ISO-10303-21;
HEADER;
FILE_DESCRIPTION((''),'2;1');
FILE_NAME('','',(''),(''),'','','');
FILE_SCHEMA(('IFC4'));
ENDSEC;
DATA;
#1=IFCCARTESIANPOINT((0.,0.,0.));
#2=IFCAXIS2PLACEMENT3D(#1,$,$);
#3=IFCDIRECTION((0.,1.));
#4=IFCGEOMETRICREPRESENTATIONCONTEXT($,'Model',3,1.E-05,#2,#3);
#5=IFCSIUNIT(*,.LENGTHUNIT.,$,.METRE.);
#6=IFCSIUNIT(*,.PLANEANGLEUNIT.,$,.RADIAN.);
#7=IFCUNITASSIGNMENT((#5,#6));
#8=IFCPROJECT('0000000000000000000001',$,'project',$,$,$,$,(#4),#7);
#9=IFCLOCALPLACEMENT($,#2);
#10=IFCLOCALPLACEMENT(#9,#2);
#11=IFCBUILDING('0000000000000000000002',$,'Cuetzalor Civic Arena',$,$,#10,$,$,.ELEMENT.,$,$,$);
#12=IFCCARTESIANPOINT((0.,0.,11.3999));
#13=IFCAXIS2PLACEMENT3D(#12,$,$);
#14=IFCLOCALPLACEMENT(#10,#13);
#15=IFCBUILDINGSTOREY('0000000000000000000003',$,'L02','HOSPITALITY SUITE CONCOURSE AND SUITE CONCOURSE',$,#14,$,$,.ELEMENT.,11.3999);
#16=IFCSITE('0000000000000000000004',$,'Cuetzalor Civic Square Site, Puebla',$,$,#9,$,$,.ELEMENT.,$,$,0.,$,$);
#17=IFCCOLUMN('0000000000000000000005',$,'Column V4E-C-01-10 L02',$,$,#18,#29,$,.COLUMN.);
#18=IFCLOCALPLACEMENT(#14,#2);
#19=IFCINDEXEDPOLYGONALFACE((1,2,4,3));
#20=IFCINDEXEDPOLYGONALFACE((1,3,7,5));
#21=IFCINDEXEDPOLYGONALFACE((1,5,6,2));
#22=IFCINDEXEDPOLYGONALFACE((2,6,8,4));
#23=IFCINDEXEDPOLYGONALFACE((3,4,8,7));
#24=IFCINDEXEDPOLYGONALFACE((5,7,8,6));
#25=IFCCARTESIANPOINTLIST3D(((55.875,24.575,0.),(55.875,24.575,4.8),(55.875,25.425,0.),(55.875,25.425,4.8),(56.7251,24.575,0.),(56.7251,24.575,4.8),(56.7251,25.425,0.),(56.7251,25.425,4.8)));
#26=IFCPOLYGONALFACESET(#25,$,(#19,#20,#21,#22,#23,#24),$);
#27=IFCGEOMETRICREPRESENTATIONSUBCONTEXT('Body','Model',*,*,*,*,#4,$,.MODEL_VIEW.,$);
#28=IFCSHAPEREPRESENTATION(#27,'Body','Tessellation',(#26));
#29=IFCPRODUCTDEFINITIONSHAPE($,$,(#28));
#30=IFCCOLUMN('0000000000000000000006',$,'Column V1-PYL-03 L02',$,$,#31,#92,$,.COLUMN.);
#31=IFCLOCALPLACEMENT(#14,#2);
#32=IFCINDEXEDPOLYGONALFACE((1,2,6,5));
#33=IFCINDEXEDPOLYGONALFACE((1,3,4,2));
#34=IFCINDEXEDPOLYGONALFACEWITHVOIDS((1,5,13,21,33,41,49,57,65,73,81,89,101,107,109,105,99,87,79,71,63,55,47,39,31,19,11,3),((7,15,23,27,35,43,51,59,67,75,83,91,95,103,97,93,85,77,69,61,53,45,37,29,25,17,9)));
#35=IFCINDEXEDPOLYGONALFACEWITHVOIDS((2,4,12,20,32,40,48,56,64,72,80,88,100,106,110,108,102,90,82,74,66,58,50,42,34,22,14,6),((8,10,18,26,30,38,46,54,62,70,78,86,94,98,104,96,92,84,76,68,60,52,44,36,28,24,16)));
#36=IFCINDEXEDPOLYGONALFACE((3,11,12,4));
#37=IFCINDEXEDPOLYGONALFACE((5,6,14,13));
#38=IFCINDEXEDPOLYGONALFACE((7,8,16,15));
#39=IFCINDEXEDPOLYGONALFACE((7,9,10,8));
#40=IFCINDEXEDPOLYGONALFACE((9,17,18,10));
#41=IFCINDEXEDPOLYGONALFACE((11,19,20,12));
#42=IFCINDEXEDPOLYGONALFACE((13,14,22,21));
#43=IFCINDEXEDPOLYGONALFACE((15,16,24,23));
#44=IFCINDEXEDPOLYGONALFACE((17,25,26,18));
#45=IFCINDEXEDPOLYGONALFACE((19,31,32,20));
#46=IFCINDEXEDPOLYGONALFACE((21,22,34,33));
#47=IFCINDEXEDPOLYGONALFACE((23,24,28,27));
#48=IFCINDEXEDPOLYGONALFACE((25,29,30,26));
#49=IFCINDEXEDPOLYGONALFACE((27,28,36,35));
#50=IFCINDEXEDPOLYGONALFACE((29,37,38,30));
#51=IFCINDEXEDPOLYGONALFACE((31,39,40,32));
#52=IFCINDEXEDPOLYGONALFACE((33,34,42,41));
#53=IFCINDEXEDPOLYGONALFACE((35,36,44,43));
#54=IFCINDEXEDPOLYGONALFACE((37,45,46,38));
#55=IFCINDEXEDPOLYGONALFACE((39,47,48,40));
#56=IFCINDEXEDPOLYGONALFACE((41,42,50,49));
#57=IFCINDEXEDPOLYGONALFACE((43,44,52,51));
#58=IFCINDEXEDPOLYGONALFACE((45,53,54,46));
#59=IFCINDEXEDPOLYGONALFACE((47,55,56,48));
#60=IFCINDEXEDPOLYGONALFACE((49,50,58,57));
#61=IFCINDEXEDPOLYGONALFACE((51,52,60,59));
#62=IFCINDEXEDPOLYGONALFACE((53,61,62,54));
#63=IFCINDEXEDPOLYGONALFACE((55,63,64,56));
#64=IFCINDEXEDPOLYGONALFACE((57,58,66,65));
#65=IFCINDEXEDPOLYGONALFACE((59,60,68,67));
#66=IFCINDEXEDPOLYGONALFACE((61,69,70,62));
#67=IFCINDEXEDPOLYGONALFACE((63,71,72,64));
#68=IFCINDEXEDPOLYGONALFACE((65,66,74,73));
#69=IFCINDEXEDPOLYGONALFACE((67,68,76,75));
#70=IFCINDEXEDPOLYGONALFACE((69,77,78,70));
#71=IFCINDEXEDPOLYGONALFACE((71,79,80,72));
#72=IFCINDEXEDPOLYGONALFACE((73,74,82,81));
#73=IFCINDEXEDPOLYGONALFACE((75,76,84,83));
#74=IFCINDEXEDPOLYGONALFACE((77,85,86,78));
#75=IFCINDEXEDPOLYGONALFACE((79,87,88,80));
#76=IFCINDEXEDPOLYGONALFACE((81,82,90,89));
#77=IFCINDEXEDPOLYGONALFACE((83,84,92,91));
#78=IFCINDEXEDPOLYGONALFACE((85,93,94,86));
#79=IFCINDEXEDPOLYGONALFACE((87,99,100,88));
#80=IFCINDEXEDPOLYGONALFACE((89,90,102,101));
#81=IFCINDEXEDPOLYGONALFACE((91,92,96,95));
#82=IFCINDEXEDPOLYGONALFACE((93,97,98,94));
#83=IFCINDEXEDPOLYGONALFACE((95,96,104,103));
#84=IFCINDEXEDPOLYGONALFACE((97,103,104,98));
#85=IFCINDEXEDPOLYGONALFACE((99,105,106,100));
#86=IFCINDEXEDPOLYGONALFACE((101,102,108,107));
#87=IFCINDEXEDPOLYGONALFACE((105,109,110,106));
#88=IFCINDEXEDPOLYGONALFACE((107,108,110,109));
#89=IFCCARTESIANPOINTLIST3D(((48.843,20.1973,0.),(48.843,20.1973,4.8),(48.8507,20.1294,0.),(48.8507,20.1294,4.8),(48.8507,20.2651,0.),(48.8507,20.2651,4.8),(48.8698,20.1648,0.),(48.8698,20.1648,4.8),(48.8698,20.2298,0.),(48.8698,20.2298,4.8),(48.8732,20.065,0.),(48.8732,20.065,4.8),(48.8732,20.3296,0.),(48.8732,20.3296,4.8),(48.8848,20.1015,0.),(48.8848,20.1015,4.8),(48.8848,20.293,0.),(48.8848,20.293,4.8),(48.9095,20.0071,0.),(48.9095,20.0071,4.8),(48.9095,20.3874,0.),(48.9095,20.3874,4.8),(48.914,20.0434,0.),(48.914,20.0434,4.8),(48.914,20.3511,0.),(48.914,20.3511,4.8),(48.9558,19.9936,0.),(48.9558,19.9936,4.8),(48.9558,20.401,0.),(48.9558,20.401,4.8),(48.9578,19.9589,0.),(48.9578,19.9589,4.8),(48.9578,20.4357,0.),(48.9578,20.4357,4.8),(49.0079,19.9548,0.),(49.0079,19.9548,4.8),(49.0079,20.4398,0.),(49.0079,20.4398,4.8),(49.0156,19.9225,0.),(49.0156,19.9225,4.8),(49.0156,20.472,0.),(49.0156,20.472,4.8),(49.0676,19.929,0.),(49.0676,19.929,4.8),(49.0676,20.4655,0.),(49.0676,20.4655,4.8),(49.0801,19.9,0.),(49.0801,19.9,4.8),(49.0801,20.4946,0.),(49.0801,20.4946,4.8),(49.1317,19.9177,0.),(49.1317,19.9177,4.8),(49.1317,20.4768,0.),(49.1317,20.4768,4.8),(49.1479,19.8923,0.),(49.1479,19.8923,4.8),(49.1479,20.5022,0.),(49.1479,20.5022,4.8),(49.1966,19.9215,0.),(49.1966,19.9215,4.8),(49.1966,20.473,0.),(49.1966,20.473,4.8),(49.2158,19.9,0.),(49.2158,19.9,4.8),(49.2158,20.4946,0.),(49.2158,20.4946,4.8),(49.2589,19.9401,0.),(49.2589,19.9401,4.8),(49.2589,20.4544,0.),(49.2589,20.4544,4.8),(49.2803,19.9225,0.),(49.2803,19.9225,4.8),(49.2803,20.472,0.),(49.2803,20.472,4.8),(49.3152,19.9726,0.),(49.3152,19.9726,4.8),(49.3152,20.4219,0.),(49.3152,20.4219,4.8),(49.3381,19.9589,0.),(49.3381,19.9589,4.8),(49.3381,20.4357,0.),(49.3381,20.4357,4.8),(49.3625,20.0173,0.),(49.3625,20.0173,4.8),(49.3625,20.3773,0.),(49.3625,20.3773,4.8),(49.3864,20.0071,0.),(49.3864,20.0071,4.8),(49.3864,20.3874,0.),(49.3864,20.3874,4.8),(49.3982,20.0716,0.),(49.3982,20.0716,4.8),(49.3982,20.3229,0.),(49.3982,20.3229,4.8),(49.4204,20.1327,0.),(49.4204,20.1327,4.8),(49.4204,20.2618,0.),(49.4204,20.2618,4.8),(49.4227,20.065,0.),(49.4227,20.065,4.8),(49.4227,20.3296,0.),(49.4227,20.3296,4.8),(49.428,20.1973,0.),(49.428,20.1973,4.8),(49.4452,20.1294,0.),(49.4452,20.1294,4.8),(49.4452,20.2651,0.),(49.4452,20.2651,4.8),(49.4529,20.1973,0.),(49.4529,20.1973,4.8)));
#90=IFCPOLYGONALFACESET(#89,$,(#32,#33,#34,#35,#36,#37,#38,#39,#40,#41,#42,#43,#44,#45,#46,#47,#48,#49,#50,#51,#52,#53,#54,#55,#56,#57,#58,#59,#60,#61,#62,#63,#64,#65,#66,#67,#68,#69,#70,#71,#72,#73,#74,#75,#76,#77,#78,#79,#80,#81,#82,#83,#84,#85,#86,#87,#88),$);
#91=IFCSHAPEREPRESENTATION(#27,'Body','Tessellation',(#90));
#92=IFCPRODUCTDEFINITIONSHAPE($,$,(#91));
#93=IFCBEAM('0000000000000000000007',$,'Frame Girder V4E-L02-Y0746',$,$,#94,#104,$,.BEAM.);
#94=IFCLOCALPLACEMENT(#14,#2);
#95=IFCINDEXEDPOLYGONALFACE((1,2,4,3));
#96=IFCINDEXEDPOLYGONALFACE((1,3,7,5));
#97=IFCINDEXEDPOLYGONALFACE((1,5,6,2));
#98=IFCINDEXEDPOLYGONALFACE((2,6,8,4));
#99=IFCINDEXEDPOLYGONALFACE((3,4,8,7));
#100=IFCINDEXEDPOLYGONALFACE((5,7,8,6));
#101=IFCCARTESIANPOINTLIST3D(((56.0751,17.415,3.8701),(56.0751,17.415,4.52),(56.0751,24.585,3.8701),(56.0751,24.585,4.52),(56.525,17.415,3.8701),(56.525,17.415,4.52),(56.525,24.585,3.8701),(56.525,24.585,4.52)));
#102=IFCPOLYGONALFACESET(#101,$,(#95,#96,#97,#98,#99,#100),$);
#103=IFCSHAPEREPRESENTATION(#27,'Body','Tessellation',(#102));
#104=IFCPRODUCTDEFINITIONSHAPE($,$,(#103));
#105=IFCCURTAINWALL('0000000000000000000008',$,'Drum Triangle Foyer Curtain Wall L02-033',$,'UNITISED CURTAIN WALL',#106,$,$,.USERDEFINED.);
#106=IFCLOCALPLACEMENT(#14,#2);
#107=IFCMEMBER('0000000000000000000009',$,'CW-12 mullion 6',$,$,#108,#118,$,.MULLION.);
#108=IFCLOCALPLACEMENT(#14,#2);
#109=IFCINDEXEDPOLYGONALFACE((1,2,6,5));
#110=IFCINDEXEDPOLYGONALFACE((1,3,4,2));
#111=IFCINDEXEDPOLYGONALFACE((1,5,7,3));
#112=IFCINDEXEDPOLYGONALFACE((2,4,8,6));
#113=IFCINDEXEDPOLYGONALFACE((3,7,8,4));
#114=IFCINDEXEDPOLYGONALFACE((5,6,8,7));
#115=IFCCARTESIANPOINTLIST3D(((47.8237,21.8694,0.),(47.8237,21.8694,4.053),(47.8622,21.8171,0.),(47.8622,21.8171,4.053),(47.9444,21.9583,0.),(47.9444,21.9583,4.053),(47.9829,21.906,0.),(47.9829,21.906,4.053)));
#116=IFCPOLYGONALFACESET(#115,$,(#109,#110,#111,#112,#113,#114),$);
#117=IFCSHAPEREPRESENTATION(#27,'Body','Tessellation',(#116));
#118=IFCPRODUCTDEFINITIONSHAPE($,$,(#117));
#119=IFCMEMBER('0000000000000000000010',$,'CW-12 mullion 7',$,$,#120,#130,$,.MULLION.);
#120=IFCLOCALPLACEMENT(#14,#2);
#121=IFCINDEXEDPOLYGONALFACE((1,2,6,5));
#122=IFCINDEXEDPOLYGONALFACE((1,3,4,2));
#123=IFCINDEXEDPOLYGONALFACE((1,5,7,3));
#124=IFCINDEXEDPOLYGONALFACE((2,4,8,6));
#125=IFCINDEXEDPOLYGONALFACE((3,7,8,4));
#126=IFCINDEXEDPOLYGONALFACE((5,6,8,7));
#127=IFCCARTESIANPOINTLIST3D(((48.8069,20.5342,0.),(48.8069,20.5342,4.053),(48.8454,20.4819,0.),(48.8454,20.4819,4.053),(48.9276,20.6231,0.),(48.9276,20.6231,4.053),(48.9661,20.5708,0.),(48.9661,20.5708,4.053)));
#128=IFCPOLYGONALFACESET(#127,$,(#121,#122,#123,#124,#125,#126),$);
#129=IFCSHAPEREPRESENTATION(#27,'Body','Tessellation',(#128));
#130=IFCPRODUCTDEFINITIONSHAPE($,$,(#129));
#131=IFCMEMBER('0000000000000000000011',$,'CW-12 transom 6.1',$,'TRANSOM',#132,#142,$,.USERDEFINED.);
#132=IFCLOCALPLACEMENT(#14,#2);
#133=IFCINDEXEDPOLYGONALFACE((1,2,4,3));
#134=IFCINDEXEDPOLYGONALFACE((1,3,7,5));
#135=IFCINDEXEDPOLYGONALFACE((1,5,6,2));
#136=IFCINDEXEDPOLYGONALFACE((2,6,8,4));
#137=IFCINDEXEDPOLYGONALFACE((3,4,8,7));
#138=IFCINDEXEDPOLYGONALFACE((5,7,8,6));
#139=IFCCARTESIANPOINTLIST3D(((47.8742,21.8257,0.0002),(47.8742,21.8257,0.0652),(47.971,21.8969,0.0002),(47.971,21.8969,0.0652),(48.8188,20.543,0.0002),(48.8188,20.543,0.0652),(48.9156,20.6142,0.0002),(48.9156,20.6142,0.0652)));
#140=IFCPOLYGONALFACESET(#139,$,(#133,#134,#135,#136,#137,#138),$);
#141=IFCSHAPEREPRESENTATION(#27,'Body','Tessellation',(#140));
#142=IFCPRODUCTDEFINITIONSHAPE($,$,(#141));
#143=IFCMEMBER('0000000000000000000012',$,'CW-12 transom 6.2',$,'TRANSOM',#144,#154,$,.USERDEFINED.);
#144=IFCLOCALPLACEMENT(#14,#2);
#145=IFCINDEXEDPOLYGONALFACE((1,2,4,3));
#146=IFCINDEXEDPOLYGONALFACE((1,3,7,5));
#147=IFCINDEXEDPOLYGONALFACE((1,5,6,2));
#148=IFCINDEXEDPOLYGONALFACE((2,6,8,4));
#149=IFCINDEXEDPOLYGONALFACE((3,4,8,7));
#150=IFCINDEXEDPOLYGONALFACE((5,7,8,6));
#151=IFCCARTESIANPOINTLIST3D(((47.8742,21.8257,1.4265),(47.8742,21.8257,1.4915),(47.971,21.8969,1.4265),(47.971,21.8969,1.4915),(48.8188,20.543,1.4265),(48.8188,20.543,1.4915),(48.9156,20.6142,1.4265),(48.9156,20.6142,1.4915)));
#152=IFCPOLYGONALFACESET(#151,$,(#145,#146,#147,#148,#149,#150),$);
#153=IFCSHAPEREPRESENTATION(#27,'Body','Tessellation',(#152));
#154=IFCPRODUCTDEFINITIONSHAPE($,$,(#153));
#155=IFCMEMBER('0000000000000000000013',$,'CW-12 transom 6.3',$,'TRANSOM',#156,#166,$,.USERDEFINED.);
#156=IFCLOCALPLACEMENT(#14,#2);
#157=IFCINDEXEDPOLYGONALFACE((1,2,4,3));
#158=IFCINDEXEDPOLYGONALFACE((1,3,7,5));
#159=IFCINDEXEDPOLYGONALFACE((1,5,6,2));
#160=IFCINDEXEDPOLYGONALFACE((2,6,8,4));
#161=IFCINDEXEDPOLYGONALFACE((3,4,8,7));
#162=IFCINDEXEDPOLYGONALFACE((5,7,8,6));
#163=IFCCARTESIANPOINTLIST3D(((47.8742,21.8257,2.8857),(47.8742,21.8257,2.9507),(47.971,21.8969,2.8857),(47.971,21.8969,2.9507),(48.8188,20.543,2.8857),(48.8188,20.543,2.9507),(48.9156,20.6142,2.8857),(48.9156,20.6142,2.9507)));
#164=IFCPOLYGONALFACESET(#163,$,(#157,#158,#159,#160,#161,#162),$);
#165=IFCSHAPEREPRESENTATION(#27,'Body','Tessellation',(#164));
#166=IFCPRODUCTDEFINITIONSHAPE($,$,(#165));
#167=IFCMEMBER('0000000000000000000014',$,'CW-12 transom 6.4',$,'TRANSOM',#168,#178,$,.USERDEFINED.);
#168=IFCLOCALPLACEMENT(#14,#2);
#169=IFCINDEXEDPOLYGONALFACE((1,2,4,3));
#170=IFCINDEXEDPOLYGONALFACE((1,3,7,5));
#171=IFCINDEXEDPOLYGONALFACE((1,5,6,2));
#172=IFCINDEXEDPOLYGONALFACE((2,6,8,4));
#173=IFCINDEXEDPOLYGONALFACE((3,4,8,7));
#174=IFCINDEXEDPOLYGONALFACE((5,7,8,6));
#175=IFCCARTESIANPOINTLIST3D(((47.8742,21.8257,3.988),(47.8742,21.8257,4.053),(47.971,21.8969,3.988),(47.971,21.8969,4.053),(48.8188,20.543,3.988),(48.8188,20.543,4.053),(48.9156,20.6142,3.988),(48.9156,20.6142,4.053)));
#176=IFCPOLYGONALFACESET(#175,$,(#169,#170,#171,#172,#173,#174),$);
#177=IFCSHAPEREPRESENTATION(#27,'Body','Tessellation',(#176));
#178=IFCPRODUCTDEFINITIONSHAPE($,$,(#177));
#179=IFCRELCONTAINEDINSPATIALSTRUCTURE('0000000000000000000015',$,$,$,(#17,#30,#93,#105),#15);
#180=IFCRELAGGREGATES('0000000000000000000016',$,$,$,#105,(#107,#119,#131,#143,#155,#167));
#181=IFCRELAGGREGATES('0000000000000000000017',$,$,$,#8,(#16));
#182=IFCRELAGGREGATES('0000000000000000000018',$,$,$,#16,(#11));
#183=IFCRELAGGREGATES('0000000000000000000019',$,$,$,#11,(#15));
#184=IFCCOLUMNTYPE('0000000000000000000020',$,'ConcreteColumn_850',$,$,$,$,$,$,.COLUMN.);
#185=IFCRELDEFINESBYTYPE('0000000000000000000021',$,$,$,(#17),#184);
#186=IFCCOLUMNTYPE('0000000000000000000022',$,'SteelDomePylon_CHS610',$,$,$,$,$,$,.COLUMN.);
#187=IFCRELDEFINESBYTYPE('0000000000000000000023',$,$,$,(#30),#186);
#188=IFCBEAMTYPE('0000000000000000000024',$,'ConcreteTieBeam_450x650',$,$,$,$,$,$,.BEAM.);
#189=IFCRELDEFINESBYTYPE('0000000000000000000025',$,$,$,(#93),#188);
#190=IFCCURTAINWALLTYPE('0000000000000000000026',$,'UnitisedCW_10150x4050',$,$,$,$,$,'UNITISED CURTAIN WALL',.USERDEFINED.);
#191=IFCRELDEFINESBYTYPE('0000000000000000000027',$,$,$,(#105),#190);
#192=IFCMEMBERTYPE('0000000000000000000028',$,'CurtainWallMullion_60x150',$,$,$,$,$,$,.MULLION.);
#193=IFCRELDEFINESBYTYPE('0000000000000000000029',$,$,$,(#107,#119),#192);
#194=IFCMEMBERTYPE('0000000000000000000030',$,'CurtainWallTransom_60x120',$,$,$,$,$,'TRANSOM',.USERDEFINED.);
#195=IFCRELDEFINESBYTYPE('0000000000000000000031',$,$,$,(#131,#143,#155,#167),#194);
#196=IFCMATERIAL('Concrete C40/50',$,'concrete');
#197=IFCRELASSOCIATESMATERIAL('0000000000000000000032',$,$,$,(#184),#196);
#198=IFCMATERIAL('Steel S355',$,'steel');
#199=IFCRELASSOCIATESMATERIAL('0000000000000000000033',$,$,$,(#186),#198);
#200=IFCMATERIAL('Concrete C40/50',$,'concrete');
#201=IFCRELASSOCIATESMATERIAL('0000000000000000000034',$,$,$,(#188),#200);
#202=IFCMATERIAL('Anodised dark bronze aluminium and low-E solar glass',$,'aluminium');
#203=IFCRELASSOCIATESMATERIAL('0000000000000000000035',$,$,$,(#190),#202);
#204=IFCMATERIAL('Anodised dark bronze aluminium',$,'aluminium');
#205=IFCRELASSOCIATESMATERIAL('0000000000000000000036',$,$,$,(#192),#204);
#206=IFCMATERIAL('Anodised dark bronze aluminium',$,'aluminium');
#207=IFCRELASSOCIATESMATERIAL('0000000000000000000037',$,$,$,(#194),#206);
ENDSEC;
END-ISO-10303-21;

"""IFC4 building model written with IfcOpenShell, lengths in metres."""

from ifc_helpers import new_model, si_unit, direction, frame, origin, origin_2d, place, context, subcontext, project, spatial, rectangle, hollow_circle, extrude, material, material_profile, profile_set, type_object, element, aggregate, save


model = new_model("IFC4")

# Units and contexts
model_context = context("Model", 3, precision=1e-05, world=origin(), true_north=direction((0.0, 1.0)))
body_context = subcontext(model_context, "Body", "Model", "MODEL_VIEW")
ifc_project = project(units=[si_unit("LENGTHUNIT", "METRE"), si_unit("PLANEANGLEUNIT", "RADIAN")], contexts=[model_context])

# Site, building, storey
site_placement = place(None, origin())
site = spatial("IfcSite", under=ifc_project, at=site_placement, Name="Cuetzalor Civic Square Site, Puebla", CompositionType="ELEMENT", RefElevation=0.0)
building_placement = place(site_placement, origin())
building = spatial("IfcBuilding", under=site, at=building_placement, Name="Cuetzalor Civic Arena", CompositionType="ELEMENT")
storey_placement = place(building_placement, frame((0.0, 0.0, 11.3999)))
storey = spatial("IfcBuildingStorey", under=building, at=storey_placement, Name="L02", Description="HOSPITALITY SUITE CONCOURSE AND SUITE CONCOURSE", CompositionType="ELEMENT", Elevation=11.3999)

# Columns
ifc_material_1 = material(Name="Concrete C40/50", Category="concrete")
ifc_material_profile_1 = material_profile(ifc_material_1, rectangle(XDim=0.8501, YDim=0.8501, at=origin_2d()), Name="RC 850x850")
ifc_profile_set_1 = profile_set([ifc_material_profile_1], Name="Concrete C40/50")
column_type_1 = type_object("IfcColumnType", Name="ConcreteColumn_850", PredefinedType="COLUMN", material=ifc_profile_set_1)
column_1_placement = place(storey_placement, frame((56.3, 25.0, 0.0), z_axis=(0.0, 0.0, 1.0), x_axis=(1.0, 0.0, 0.0)))
element("IfcColumn", 1, at=column_1_placement, inside=storey, type_object=column_type_1, Name="Column V4E-C-01-10 L02", PredefinedType="COLUMN", context=body_context, shape_type="SweptSolid", body=[
    extrude(rectangle(XDim=0.8501, YDim=0.8501, at=origin_2d()), origin(), (0.0, 0.0, 1.0), 4.8),
])
ifc_material_2 = material(Name="Steel S355", Category="steel")
ifc_material_profile_2 = material_profile(ifc_material_2, hollow_circle(Radius=0.3049, WallThickness=0.0249, at=origin_2d()), Name="CHS 610x25")
ifc_profile_set_2 = profile_set([ifc_material_profile_2], Name="Steel S355")
column_type_2 = type_object("IfcColumnType", Name="SteelDomePylon_CHS610", PredefinedType="COLUMN", material=ifc_profile_set_2)
column_2_placement = place(storey_placement, frame((49.1479, 20.1973, 0.0), z_axis=(0.0, 0.0, 1.0), x_axis=(1.0, 0.0, 0.0)))
element("IfcColumn", 2, at=column_2_placement, inside=storey, type_object=column_type_2, Name="Column V1-PYL-03 L02", PredefinedType="COLUMN", context=body_context, shape_type="SweptSolid", body=[
    extrude(hollow_circle(Radius=0.3049, WallThickness=0.0249, at=origin_2d()), origin(), (0.0, 0.0, 1.0), 4.8),
])

# Beam
ifc_material_3 = material(Name="Concrete C40/50", Category="concrete")
ifc_material_profile_3 = material_profile(ifc_material_3, rectangle(XDim=0.45, YDim=0.6499, at=origin_2d()), Name="RC 450x650")
ifc_profile_set_3 = profile_set([ifc_material_profile_3], Name="Concrete C40/50")
beam_type_1 = type_object("IfcBeamType", Name="ConcreteTieBeam_450x650", PredefinedType="BEAM", material=ifc_profile_set_3)
beam_1_placement = place(storey_placement, frame((56.3, 17.415, 4.1951), z_axis=(0.0, 1.0, 0.0), x_axis=(-1.0, 0.0, 0.0)))
element("IfcBeam", 3, at=beam_1_placement, inside=storey, type_object=beam_type_1, Name="Frame Girder V4E-L02-Y0746", PredefinedType="BEAM", context=body_context, shape_type="SweptSolid", body=[
    extrude(rectangle(XDim=0.45, YDim=0.6499, at=origin_2d()), origin(), (0.0, 0.0, 1.0), 7.1699),
])

# Curtain wall, members
ifc_material_4 = material(Name="Anodised dark bronze aluminium and low-E solar glass", Category="aluminium")
curtain_wall_type = type_object("IfcCurtainWallType", Name="UnitisedCW_10150x4050", ElementType="UNITISED CURTAIN WALL", PredefinedType="USERDEFINED", material=ifc_material_4)
curtain_wall_placement = place(storey_placement, origin())
curtain_wall = element("IfcCurtainWall", 4, at=curtain_wall_placement, inside=storey, type_object=curtain_wall_type, Name="Drum Triangle Foyer Curtain Wall L02-033", ObjectType="UNITISED CURTAIN WALL", PredefinedType="USERDEFINED")
ifc_material_5 = material(Name="Anodised dark bronze aluminium", Category="aluminium")
ifc_material_profile_4 = material_profile(ifc_material_5, rectangle(XDim=0.0649, YDim=0.1499, at=origin_2d()), Name="ALU MULLION 65x150")
ifc_profile_set_4 = profile_set([ifc_material_profile_4], Name="Anodised dark bronze aluminium")
member_type_1 = type_object("IfcMemberType", Name="CurtainWallMullion_60x150", PredefinedType="MULLION", material=ifc_profile_set_4)
member_1_placement = place(storey_placement, frame((47.9033, 21.8877, 0.0), z_axis=(0.0, 0.0, 1.0), x_axis=(0.592929, -0.805255, 0.0)))
member_1 = element("IfcMember", 5, at=member_1_placement, type_object=member_type_1, Name="CW-12 mullion 6", PredefinedType="MULLION", context=body_context, shape_type="SweptSolid", body=[
    extrude(rectangle(XDim=0.0649, YDim=0.1499, at=origin_2d()), origin(), (0.0, 0.0, 1.0), 4.053),
])
member_2_placement = place(storey_placement, frame((48.8865, 20.5525, 0.0), z_axis=(0.0, 0.0, 1.0), x_axis=(0.592929, -0.805255, 0.0)))
member_2 = element("IfcMember", 6, at=member_2_placement, type_object=member_type_1, Name="CW-12 mullion 7", PredefinedType="MULLION", context=body_context, shape_type="SweptSolid", body=[
    extrude(rectangle(XDim=0.0649, YDim=0.1499, at=origin_2d()), origin(), (0.0, 0.0, 1.0), 4.053),
])
ifc_material_6 = material(Name="Anodised dark bronze aluminium", Category="aluminium")
ifc_material_profile_5 = material_profile(ifc_material_6, rectangle(XDim=0.1201, YDim=0.0649, at=origin_2d()), Name="ALU TRANSOM 65x120")
ifc_profile_set_5 = profile_set([ifc_material_profile_5], Name="Anodised dark bronze aluminium")
member_type_2 = type_object("IfcMemberType", Name="CurtainWallTransom_60x120", ElementType="TRANSOM", PredefinedType="USERDEFINED", material=ifc_profile_set_5)
member_3_placement = place(storey_placement, frame((47.9226, 21.8613, 0.0327), z_axis=(0.592964, -0.805229, 0.0), x_axis=(0.805229, 0.592964, 0.0)))
member_3 = element("IfcMember", 7, at=member_3_placement, type_object=member_type_2, Name="CW-12 transom 6.1", ObjectType="TRANSOM", PredefinedType="USERDEFINED", context=body_context, shape_type="SweptSolid", body=[
    extrude(rectangle(XDim=0.1201, YDim=0.0649, at=origin_2d()), origin(), (0.0, 0.0, 1.0), 1.593),
])
member_4_placement = place(storey_placement, frame((47.9226, 21.8613, 1.459), z_axis=(0.592964, -0.805229, 0.0), x_axis=(0.805229, 0.592964, 0.0)))
member_4 = element("IfcMember", 8, at=member_4_placement, type_object=member_type_2, Name="CW-12 transom 6.2", ObjectType="TRANSOM", PredefinedType="USERDEFINED", context=body_context, shape_type="SweptSolid", body=[
    extrude(rectangle(XDim=0.1201, YDim=0.0649, at=origin_2d()), origin(), (0.0, 0.0, 1.0), 1.593),
])
member_5_placement = place(storey_placement, frame((47.9226, 21.8613, 2.9182), z_axis=(0.592964, -0.805229, 0.0), x_axis=(0.805229, 0.592964, 0.0)))
member_5 = element("IfcMember", 9, at=member_5_placement, type_object=member_type_2, Name="CW-12 transom 6.3", ObjectType="TRANSOM", PredefinedType="USERDEFINED", context=body_context, shape_type="SweptSolid", body=[
    extrude(rectangle(XDim=0.1201, YDim=0.0649, at=origin_2d()), origin(), (0.0, 0.0, 1.0), 1.593),
])
member_6_placement = place(storey_placement, frame((47.9226, 21.8613, 4.0205), z_axis=(0.592964, -0.805229, 0.0), x_axis=(0.805229, 0.592964, 0.0)))
member_6 = element("IfcMember", 10, at=member_6_placement, type_object=member_type_2, Name="CW-12 transom 6.4", ObjectType="TRANSOM", PredefinedType="USERDEFINED", context=body_context, shape_type="SweptSolid", body=[
    extrude(rectangle(XDim=0.1201, YDim=0.0649, at=origin_2d()), origin(), (0.0, 0.0, 1.0), 1.593),
])

aggregate(curtain_wall, [member_1, member_2, member_3, member_4, member_5, member_6])

save(model, "model.ifc")
